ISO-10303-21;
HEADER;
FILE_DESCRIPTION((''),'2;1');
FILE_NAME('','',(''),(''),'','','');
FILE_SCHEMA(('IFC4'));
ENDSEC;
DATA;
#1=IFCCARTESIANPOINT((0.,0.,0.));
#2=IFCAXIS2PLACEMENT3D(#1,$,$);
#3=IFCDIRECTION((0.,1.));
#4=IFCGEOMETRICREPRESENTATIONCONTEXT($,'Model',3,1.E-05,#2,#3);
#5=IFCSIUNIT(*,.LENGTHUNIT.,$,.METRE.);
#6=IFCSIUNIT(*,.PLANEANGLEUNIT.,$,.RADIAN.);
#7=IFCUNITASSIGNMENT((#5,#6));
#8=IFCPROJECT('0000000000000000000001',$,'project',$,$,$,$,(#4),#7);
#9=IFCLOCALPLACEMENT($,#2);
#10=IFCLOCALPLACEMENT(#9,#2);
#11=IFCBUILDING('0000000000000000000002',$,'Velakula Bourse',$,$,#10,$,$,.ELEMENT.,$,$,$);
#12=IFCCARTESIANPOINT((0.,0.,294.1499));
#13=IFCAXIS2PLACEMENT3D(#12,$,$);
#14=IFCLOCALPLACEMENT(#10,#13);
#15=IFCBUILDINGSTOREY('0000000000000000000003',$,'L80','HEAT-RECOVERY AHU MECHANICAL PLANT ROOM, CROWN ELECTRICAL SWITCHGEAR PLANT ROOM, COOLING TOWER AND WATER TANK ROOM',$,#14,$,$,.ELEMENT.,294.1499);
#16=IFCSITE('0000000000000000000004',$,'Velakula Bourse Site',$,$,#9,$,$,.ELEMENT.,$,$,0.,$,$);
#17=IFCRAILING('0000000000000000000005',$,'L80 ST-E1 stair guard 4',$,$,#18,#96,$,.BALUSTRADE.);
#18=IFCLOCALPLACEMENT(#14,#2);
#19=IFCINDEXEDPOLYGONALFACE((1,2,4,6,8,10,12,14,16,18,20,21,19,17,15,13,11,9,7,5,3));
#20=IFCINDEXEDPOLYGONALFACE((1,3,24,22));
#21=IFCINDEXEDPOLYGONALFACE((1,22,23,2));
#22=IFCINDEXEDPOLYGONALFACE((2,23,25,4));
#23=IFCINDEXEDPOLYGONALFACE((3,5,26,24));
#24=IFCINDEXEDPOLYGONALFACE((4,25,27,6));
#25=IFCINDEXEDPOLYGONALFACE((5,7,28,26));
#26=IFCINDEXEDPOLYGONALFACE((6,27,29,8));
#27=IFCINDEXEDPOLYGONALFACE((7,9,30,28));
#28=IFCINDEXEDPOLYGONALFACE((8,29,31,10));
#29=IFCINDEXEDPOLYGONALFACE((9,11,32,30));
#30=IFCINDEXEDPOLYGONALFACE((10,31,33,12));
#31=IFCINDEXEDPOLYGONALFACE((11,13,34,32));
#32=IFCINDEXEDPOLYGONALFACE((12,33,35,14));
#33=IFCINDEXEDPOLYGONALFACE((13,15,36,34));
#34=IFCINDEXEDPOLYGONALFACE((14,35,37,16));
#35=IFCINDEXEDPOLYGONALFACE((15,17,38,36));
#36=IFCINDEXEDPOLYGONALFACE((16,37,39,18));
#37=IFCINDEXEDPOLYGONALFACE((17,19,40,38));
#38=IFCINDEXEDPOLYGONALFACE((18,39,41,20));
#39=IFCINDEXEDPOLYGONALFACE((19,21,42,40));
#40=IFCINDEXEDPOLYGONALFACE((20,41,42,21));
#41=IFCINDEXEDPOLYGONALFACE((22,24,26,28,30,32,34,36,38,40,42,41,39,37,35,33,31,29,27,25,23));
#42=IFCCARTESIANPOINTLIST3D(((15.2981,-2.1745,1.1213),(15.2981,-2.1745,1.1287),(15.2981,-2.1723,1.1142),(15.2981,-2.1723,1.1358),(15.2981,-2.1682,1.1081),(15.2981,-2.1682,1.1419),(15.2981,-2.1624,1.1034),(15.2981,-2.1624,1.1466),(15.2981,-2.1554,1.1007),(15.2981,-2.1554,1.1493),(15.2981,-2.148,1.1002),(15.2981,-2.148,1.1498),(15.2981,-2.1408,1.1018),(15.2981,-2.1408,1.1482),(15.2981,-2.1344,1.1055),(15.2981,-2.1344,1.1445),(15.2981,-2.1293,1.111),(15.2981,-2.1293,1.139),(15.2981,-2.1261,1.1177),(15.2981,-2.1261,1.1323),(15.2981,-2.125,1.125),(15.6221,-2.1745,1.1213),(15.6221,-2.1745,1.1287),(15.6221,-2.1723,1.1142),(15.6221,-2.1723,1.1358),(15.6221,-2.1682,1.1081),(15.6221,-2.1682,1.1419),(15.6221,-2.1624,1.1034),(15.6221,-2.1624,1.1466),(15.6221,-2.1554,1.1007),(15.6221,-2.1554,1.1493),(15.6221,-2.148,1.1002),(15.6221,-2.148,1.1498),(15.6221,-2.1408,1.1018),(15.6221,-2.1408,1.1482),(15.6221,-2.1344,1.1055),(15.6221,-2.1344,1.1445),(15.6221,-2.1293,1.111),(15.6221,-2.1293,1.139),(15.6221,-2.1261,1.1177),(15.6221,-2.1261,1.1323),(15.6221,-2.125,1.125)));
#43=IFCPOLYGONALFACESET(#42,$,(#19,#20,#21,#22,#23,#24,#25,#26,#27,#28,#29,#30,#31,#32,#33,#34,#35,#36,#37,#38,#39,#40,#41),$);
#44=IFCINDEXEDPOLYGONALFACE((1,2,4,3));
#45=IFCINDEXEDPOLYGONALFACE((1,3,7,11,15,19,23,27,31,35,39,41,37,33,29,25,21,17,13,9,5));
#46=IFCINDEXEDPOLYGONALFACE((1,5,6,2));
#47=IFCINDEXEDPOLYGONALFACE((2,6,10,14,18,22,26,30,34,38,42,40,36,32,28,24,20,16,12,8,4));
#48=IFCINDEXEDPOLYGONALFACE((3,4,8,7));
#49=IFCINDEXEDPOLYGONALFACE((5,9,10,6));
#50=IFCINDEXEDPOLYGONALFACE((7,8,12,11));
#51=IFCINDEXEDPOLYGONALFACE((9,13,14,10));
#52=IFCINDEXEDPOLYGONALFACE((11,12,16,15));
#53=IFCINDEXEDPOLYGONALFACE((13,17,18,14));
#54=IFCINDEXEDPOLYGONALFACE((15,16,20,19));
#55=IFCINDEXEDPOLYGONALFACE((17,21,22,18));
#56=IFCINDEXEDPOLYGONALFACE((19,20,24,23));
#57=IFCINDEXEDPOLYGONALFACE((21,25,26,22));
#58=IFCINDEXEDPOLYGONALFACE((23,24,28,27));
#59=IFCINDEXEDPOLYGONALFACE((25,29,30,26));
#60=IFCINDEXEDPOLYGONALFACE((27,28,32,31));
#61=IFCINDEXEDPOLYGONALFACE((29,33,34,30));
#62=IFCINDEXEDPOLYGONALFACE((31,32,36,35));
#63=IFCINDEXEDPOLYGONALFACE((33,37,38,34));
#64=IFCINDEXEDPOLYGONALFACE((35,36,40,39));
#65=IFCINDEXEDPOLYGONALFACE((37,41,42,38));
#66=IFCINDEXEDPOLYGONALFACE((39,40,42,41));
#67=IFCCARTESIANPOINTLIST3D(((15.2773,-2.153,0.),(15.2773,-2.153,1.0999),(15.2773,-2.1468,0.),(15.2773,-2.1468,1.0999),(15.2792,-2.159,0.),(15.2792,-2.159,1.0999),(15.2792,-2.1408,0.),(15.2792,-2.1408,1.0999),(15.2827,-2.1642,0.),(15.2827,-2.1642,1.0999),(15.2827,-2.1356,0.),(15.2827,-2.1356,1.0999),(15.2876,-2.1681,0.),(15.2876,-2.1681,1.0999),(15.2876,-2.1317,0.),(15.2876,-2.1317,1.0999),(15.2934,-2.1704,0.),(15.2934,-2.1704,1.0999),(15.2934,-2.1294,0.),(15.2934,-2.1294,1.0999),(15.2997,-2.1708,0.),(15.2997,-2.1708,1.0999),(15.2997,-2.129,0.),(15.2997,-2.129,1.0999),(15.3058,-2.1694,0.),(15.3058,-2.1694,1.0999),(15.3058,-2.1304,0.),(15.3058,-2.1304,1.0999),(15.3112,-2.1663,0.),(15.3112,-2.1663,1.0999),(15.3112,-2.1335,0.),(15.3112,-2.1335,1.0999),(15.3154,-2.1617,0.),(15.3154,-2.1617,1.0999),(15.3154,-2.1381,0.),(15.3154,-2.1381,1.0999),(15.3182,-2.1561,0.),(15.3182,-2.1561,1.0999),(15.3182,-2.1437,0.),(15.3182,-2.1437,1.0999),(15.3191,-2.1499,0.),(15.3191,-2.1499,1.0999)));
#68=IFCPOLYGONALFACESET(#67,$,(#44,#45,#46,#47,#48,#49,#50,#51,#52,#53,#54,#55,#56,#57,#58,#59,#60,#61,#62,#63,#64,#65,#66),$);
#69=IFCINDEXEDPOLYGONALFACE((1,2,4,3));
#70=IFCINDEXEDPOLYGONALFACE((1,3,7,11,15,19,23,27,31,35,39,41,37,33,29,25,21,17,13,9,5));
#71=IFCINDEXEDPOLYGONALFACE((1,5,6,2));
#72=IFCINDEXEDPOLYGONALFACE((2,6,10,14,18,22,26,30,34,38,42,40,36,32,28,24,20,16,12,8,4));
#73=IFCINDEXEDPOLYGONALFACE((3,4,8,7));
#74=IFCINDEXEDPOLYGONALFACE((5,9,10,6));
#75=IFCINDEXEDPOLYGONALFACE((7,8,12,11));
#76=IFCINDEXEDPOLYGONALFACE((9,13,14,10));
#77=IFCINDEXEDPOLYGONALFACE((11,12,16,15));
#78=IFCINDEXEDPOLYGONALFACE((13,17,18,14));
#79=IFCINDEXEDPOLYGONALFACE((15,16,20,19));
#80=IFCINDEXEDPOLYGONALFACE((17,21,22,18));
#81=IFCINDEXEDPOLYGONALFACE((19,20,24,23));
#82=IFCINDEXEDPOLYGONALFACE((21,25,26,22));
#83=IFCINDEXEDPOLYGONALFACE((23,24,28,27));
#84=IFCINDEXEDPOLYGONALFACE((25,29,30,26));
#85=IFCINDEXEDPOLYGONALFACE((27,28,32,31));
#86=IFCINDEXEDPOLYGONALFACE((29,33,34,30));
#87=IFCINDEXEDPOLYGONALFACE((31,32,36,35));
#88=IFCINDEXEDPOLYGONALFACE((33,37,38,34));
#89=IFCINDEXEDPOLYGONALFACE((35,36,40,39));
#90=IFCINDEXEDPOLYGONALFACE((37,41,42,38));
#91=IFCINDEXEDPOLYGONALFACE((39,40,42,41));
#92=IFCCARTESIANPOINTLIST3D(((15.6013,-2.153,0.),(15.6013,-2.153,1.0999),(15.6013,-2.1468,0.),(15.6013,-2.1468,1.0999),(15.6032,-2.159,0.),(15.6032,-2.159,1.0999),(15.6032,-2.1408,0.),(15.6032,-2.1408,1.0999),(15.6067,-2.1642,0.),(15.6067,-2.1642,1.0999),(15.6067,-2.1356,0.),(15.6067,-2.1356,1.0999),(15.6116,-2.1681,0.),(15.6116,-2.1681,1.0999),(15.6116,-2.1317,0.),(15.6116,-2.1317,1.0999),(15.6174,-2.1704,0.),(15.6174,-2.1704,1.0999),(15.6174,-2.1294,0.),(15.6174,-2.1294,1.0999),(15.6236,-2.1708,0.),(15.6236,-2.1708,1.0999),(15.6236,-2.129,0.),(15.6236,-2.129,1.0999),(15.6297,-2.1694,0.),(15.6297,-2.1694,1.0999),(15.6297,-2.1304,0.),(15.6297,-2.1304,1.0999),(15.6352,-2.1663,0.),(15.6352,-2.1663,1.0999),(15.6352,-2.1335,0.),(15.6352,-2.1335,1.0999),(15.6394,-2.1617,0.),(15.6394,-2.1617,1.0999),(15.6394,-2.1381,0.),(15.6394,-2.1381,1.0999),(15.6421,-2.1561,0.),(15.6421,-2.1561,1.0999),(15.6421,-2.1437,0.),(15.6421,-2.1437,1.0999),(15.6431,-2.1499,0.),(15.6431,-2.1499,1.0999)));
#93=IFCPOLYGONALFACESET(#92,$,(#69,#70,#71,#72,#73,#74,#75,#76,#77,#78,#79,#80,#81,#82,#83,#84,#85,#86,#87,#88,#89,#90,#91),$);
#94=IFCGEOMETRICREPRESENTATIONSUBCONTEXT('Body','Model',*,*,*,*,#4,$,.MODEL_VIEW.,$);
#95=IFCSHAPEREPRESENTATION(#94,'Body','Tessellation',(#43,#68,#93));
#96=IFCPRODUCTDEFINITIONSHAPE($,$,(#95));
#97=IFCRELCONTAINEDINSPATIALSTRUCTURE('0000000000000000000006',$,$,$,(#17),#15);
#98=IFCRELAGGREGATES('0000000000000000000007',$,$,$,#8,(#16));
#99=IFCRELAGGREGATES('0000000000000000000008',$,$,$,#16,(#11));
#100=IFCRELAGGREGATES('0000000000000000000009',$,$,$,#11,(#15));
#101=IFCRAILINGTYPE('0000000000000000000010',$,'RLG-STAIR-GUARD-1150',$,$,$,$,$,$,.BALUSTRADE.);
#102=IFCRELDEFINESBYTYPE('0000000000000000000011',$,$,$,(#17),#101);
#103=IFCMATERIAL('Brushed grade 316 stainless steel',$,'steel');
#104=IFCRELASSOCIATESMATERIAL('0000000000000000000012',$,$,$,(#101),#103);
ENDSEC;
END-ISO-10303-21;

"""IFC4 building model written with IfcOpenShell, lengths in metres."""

from ifc_helpers import new_model, si_unit, direction, frame, origin, origin_2d, place, context, subcontext, project, spatial, circle, extrude, material, type_object, element, save


model = new_model("IFC4")

# Units and contexts
model_context = context("Model", 3, precision=1e-05, world=origin(), true_north=direction((0.0, 1.0)))
body_context = subcontext(model_context, "Body", "Model", "MODEL_VIEW")
ifc_project = project(units=[si_unit("LENGTHUNIT", "METRE"), si_unit("PLANEANGLEUNIT", "RADIAN")], contexts=[model_context])

# Site, building, storey
site_placement = place(None, origin())
site = spatial("IfcSite", under=ifc_project, at=site_placement, Name="Velakula Bourse Site", CompositionType="ELEMENT", RefElevation=0.0)
building_placement = place(site_placement, origin())
building = spatial("IfcBuilding", under=site, at=building_placement, Name="Velakula Bourse", CompositionType="ELEMENT")
storey_placement = place(building_placement, frame((0.0, 0.0, 294.1499)))
storey = spatial("IfcBuildingStorey", under=building, at=storey_placement, Name="L80", Description="HEAT-RECOVERY AHU MECHANICAL PLANT ROOM, CROWN ELECTRICAL SWITCHGEAR PLANT ROOM, COOLING TOWER AND WATER TANK ROOM", CompositionType="ELEMENT", Elevation=294.1499)

# Shared definitions
ifc_material_1 = material(Name="Brushed grade 316 stainless steel", Category="steel")

# Railing
railing_type_1 = type_object("IfcRailingType", Name="RLG-STAIR-GUARD-1150", PredefinedType="BALUSTRADE", material=ifc_material_1)
railing_1_placement = place(storey_placement, frame((15.2981, -2.1499, 0.0)))
element("IfcRailing", 1, at=railing_1_placement, inside=storey, type_object=railing_type_1, Name="L80 ST-E1 stair guard 4", PredefinedType="BALUSTRADE", context=body_context, shape_type="SweptSolid", body=[
    extrude(circle(Radius=0.0249, at=origin_2d()), frame((0.0, 0.0, 1.125), z_axis=(1.0, 0.0, 0.0), x_axis=(0.0, 1.0, 0.0)), (0.0, 0.0, 1.0), 0.324),
    extrude(circle(Radius=0.021, at=origin_2d()), origin(), (0.0, 0.0, 1.0), 1.0999),
    extrude(circle(Radius=0.021, at=origin_2d()), frame((0.324, 0.0, 0.0)), (0.0, 0.0, 1.0), 1.0999),
])

save(model, "model.ifc")
